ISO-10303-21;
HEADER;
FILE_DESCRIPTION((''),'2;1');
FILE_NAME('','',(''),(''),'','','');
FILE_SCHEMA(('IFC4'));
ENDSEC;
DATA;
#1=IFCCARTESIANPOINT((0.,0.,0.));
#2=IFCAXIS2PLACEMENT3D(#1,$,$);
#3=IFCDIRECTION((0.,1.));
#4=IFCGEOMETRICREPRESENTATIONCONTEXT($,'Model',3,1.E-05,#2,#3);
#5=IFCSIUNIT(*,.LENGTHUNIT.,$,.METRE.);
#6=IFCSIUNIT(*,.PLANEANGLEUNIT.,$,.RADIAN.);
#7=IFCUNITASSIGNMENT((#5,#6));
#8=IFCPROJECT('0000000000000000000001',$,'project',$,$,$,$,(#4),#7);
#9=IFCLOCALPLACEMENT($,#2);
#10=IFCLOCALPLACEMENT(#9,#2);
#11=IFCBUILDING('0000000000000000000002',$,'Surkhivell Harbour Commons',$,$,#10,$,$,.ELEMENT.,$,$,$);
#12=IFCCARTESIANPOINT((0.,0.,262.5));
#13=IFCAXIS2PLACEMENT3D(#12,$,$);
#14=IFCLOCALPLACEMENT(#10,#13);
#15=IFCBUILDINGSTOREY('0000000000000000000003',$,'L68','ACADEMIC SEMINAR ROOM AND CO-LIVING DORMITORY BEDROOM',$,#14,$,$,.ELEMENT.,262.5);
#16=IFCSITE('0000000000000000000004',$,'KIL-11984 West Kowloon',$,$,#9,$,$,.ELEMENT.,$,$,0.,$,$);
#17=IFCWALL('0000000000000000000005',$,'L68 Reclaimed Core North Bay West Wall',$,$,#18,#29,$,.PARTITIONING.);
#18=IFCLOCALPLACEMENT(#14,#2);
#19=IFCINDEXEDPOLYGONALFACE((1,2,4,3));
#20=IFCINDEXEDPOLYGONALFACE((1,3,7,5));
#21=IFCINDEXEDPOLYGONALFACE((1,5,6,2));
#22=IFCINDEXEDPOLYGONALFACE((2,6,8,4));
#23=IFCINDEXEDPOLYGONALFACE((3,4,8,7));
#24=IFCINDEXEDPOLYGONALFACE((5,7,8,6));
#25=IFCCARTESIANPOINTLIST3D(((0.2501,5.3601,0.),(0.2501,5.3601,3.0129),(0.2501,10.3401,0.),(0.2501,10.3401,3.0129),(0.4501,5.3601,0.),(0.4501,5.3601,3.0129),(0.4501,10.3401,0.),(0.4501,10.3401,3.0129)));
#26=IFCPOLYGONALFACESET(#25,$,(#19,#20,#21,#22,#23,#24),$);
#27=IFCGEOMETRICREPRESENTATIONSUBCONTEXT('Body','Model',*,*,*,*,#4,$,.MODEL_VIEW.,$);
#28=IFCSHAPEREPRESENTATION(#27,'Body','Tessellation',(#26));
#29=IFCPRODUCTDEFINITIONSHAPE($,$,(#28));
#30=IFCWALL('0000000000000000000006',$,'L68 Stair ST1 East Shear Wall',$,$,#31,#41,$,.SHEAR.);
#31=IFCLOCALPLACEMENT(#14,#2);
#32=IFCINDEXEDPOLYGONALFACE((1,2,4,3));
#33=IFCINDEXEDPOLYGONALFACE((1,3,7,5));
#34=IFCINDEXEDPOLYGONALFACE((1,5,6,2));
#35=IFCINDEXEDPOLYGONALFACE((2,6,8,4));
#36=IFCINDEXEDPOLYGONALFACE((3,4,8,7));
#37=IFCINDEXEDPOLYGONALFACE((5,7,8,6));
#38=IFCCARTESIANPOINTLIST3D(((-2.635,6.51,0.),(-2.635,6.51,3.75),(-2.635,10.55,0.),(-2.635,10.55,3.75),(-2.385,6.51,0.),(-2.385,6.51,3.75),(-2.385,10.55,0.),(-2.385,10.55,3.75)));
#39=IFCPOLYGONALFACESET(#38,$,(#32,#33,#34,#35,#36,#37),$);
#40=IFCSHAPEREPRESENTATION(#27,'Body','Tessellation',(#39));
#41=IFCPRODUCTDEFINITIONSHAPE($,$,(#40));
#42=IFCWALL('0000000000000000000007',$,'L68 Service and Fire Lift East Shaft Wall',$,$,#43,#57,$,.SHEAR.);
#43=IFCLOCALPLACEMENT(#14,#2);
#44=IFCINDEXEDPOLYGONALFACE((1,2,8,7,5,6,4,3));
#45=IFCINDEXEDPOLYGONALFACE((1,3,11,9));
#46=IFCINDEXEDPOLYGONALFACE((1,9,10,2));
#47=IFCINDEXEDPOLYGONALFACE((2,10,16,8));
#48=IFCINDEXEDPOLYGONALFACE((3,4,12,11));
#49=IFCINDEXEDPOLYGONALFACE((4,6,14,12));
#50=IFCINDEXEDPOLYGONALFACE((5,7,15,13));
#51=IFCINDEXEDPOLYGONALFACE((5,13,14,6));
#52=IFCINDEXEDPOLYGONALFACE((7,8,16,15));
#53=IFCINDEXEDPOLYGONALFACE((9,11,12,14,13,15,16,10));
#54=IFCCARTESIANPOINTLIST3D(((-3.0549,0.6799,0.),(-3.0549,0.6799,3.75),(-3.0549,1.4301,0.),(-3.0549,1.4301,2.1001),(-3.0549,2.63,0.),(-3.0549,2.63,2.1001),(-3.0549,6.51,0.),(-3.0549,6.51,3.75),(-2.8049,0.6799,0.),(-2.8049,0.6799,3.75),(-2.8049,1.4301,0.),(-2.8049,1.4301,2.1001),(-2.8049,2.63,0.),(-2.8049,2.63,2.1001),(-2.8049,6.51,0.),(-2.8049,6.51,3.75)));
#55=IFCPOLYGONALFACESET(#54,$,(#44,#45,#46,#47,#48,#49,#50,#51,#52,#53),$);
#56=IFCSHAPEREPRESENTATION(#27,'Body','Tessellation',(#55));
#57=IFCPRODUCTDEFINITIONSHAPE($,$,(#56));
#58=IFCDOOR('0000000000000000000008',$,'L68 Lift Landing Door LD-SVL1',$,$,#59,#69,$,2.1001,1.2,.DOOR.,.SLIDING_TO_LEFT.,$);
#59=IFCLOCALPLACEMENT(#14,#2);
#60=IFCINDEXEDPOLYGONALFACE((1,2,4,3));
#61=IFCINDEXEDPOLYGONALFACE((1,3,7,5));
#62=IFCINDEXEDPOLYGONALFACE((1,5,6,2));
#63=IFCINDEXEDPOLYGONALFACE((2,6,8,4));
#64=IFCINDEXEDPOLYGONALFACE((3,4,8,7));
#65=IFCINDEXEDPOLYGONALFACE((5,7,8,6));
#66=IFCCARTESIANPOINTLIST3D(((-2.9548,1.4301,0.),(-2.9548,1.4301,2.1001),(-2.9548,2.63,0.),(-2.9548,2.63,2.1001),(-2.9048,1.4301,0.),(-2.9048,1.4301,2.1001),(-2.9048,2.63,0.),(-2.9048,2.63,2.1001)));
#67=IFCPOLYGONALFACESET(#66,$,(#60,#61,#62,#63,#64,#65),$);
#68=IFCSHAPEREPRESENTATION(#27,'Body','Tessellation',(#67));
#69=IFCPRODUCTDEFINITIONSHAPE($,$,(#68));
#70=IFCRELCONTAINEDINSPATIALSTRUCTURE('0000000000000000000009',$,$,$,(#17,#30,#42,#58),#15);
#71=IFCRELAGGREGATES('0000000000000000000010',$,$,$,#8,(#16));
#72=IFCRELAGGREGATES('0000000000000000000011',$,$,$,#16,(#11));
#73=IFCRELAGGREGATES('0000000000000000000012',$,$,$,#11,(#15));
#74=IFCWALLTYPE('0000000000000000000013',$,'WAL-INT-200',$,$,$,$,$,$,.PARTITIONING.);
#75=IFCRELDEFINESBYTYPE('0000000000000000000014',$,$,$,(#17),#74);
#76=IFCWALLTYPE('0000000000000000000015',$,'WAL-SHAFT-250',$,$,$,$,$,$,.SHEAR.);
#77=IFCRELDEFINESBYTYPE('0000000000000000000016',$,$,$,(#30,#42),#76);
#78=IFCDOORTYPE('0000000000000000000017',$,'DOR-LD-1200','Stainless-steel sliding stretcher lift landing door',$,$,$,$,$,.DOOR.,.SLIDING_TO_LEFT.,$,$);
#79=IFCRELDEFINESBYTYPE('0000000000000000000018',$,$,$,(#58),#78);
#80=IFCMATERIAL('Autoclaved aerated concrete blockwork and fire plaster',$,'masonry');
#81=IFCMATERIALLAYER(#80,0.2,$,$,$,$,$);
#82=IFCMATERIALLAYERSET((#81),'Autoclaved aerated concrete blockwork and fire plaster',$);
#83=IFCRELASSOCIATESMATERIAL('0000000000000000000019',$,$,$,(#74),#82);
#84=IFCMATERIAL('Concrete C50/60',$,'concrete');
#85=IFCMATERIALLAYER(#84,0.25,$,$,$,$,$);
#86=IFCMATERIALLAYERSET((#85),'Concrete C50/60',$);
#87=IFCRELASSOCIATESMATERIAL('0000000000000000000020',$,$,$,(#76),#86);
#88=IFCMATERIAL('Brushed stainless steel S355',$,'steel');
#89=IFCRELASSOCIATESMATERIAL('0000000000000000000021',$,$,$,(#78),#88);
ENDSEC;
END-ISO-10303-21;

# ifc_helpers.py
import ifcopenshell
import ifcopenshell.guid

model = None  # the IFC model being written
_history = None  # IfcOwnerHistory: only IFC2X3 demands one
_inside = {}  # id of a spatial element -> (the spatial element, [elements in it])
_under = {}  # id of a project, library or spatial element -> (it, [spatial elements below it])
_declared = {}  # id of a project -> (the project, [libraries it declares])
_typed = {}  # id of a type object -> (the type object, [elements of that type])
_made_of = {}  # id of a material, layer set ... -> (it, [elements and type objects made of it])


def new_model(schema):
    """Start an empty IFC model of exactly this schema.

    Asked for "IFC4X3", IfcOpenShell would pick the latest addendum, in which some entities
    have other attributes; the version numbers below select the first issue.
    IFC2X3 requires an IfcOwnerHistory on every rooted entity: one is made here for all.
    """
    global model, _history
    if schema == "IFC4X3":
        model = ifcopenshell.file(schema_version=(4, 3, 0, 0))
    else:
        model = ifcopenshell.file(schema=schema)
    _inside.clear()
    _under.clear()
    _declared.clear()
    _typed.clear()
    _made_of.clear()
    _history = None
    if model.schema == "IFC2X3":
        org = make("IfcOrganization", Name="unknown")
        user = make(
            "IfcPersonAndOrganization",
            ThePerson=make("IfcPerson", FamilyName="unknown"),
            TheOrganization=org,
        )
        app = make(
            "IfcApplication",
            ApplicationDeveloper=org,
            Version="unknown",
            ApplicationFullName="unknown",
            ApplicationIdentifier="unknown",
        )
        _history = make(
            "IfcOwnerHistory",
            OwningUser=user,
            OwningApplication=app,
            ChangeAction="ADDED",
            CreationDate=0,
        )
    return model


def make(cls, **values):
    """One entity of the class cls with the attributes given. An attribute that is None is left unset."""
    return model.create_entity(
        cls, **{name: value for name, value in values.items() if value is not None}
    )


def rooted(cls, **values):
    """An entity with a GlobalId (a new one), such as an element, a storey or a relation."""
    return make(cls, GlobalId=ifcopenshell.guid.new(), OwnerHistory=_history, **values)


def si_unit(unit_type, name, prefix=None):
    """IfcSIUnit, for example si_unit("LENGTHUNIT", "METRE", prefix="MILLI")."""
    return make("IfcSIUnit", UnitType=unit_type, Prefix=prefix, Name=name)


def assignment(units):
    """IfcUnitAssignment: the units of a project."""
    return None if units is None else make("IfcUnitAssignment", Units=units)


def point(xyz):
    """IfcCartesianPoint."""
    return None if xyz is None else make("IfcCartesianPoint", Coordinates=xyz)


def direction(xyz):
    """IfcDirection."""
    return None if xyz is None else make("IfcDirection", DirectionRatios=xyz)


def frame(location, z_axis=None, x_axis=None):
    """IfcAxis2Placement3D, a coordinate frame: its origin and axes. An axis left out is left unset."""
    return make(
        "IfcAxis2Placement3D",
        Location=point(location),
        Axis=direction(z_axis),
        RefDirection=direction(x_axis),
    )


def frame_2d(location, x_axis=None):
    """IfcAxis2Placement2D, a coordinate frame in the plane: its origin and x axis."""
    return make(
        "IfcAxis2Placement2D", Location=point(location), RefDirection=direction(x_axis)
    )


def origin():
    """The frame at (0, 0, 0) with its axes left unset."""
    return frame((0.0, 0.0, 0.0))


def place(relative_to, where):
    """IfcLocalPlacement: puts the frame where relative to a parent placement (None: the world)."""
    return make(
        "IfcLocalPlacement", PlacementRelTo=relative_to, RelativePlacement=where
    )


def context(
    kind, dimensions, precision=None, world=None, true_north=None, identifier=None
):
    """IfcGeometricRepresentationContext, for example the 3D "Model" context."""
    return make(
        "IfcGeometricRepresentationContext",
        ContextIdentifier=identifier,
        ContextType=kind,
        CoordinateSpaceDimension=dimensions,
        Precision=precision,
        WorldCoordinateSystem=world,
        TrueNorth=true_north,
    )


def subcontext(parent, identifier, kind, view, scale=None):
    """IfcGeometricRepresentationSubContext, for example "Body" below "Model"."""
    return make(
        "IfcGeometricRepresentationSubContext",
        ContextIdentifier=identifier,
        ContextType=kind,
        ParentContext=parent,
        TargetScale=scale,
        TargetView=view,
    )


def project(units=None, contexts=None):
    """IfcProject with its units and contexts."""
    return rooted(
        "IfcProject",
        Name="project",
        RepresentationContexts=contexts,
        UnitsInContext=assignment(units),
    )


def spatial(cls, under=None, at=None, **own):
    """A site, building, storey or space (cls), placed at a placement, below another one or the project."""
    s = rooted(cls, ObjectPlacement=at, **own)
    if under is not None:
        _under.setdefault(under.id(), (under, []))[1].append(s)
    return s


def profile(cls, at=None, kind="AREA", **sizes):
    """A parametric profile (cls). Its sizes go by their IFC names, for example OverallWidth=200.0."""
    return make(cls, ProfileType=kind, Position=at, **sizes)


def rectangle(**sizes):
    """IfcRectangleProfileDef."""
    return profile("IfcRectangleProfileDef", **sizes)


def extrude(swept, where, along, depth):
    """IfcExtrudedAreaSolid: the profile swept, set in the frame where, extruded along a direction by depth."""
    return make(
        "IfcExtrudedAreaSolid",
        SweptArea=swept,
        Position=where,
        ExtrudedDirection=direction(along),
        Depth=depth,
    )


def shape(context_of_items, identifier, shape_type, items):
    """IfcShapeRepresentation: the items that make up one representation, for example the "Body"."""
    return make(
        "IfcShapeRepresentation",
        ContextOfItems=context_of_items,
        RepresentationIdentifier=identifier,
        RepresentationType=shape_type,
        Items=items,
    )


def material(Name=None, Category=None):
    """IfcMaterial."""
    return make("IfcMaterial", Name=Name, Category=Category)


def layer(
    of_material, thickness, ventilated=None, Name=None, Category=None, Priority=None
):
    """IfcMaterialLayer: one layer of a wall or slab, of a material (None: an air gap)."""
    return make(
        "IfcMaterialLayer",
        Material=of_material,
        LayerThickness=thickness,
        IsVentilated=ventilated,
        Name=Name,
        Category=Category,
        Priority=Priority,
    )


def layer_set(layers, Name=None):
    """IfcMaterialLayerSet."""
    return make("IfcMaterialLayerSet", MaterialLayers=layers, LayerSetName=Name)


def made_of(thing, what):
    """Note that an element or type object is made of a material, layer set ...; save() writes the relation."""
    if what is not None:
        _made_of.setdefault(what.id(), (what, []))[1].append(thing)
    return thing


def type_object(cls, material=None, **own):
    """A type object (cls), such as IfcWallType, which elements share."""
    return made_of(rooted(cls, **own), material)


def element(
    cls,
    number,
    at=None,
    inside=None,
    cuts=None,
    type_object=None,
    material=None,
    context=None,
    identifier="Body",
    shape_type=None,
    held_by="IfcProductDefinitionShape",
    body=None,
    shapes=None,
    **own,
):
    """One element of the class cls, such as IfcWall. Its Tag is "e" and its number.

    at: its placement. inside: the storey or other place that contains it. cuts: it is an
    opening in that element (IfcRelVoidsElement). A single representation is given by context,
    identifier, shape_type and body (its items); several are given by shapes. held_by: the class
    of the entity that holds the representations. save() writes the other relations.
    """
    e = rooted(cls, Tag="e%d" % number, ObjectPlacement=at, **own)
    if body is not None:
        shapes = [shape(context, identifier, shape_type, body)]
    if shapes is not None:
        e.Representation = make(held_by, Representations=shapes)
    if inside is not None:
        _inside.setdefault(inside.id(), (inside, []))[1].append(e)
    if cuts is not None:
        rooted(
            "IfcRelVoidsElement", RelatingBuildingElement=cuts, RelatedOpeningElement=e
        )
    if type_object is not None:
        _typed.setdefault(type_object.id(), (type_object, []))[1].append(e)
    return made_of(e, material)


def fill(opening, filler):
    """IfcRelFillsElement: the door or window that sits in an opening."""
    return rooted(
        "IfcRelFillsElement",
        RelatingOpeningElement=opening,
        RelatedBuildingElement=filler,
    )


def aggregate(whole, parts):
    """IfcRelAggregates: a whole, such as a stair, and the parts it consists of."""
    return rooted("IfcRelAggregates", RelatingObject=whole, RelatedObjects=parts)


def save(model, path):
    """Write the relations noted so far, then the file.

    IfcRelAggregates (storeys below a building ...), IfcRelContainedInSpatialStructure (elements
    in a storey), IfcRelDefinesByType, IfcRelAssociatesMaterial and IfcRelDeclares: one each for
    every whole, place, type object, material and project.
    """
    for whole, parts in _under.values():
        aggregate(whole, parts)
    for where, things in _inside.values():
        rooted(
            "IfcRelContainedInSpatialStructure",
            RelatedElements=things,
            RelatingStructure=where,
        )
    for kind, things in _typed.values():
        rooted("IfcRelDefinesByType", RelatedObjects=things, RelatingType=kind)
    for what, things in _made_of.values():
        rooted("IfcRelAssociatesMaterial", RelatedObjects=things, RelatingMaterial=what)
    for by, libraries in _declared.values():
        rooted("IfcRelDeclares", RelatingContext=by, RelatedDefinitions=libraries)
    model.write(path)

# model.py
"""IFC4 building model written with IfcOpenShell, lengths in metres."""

from ifc_helpers import new_model, si_unit, direction, frame, frame_2d, origin, place, context, subcontext, project, spatial, rectangle, extrude, material, layer, layer_set, type_object, element, fill, save


model = new_model("IFC4")

# Units and contexts
model_context = context("Model", 3, precision=1e-05, world=origin(), true_north=direction((0.0, 1.0)))
body_context = subcontext(model_context, "Body", "Model", "MODEL_VIEW")
ifc_project = project(units=[si_unit("LENGTHUNIT", "METRE"), si_unit("PLANEANGLEUNIT", "RADIAN")], contexts=[model_context])

# Site, building, storey
site_placement = place(None, origin())
site = spatial("IfcSite", under=ifc_project, at=site_placement, Name="KIL-11984 West Kowloon", CompositionType="ELEMENT", RefElevation=0.0)
building_placement = place(site_placement, origin())
building = spatial("IfcBuilding", under=site, at=building_placement, Name="Surkhivell Harbour Commons", CompositionType="ELEMENT")
storey_placement = place(building_placement, frame((0.0, 0.0, 262.5)))
storey = spatial("IfcBuildingStorey", under=building, at=storey_placement, Name="L68", Description="ACADEMIC SEMINAR ROOM AND CO-LIVING DORMITORY BEDROOM", CompositionType="ELEMENT", Elevation=262.5)

# Shared definitions
ifc_material_1 = material(Name="Concrete C50/60", Category="concrete")

# Shared definitions
ifc_material_2 = material(Name="Autoclaved aerated concrete blockwork and fire plaster", Category="masonry")
ifc_layer_1 = layer(ifc_material_2, 0.2)
ifc_layer_set_1 = layer_set([ifc_layer_1], Name="Autoclaved aerated concrete blockwork and fire plaster")
wall_type_1 = type_object("IfcWallType", Name="WAL-INT-200", PredefinedType="PARTITIONING", material=ifc_layer_set_1)

# Walls
wall_1_placement = place(storey_placement, frame((0.3501, 5.3601, 0.0), z_axis=(0.0, 0.0, 1.0), x_axis=(0.0, 1.0, 0.0)))
element("IfcWall", 1, at=wall_1_placement, inside=storey, type_object=wall_type_1, Name="L68 Reclaimed Core North Bay West Wall", PredefinedType="PARTITIONING", context=body_context, shape_type="SweptSolid", body=[
    extrude(rectangle(XDim=4.98, YDim=0.2, at=frame_2d((2.49, 0.0))), origin(), (0.0, 0.0, 1.0), 3.0129),
])
ifc_layer_2 = layer(ifc_material_1, 0.25)
ifc_layer_set_2 = layer_set([ifc_layer_2], Name="Concrete C50/60")
wall_type_2 = type_object("IfcWallType", Name="WAL-SHAFT-250", PredefinedType="SHEAR", material=ifc_layer_set_2)
wall_2_placement = place(storey_placement, frame((-2.51, 6.51, 0.0), z_axis=(0.0, 0.0, 1.0), x_axis=(0.0, 1.0, 0.0)))
element("IfcWall", 2, at=wall_2_placement, inside=storey, type_object=wall_type_2, Name="L68 Stair ST1 East Shear Wall", PredefinedType="SHEAR", context=body_context, shape_type="SweptSolid", body=[
    extrude(rectangle(XDim=4.04, YDim=0.25, at=frame_2d((2.02, 0.0))), origin(), (0.0, 0.0, 1.0), 3.75),
])

# Wall, opening, door
wall_3_placement = place(storey_placement, frame((-2.9299, 0.6799, 0.0), z_axis=(0.0, 0.0, 1.0), x_axis=(0.0, 1.0, 0.0)))
wall_3 = element("IfcWall", 3, at=wall_3_placement, inside=storey, type_object=wall_type_2, Name="L68 Service and Fire Lift East Shaft Wall", PredefinedType="SHEAR", context=body_context, shape_type="SweptSolid", body=[
    extrude(rectangle(XDim=5.8301, YDim=0.25, at=frame_2d((2.915, 0.0))), origin(), (0.0, 0.0, 1.0), 3.75),
])
opening_1_placement = place(wall_3_placement, frame((0.75, 0.0, 0.0)))
opening_1 = element("IfcOpeningElement", 4, at=opening_1_placement, cuts=wall_3, PredefinedType="OPENING", context=body_context, shape_type="SweptSolid", body=[
    extrude(rectangle(XDim=1.2, YDim=2.1001, at=frame_2d((0.6001, 1.05))), frame((0.0, 0.135, 0.0), z_axis=(0.0, -1.0, 0.0), x_axis=(1.0, 0.0, 0.0)), (0.0, 0.0, 1.0), 0.27),
])
ifc_material_3 = material(Name="Brushed stainless steel S355", Category="steel")
door_type_1 = type_object("IfcDoorType", Name="DOR-LD-1200", Description="Stainless-steel sliding stretcher lift landing door", OperationType="SLIDING_TO_LEFT", PredefinedType="DOOR", material=ifc_material_3)
door_1_placement = place(opening_1_placement, origin())
door_1 = element("IfcDoor", 5, at=door_1_placement, inside=storey, type_object=door_type_1, Name="L68 Lift Landing Door LD-SVL1", OperationType="SLIDING_TO_LEFT", OverallHeight=2.1001, OverallWidth=1.2, PredefinedType="DOOR", context=body_context, shape_type="SweptSolid", body=[
    extrude(rectangle(XDim=1.2, YDim=2.1001, at=frame_2d((0.6001, 1.05))), frame((0.0, 0.0249, 0.0), z_axis=(0.0, -1.0, 0.0), x_axis=(1.0, 0.0, 0.0)), (0.0, 0.0, 1.0), 0.05),
])
fill(opening_1, door_1)

save(model, "model.ifc")
